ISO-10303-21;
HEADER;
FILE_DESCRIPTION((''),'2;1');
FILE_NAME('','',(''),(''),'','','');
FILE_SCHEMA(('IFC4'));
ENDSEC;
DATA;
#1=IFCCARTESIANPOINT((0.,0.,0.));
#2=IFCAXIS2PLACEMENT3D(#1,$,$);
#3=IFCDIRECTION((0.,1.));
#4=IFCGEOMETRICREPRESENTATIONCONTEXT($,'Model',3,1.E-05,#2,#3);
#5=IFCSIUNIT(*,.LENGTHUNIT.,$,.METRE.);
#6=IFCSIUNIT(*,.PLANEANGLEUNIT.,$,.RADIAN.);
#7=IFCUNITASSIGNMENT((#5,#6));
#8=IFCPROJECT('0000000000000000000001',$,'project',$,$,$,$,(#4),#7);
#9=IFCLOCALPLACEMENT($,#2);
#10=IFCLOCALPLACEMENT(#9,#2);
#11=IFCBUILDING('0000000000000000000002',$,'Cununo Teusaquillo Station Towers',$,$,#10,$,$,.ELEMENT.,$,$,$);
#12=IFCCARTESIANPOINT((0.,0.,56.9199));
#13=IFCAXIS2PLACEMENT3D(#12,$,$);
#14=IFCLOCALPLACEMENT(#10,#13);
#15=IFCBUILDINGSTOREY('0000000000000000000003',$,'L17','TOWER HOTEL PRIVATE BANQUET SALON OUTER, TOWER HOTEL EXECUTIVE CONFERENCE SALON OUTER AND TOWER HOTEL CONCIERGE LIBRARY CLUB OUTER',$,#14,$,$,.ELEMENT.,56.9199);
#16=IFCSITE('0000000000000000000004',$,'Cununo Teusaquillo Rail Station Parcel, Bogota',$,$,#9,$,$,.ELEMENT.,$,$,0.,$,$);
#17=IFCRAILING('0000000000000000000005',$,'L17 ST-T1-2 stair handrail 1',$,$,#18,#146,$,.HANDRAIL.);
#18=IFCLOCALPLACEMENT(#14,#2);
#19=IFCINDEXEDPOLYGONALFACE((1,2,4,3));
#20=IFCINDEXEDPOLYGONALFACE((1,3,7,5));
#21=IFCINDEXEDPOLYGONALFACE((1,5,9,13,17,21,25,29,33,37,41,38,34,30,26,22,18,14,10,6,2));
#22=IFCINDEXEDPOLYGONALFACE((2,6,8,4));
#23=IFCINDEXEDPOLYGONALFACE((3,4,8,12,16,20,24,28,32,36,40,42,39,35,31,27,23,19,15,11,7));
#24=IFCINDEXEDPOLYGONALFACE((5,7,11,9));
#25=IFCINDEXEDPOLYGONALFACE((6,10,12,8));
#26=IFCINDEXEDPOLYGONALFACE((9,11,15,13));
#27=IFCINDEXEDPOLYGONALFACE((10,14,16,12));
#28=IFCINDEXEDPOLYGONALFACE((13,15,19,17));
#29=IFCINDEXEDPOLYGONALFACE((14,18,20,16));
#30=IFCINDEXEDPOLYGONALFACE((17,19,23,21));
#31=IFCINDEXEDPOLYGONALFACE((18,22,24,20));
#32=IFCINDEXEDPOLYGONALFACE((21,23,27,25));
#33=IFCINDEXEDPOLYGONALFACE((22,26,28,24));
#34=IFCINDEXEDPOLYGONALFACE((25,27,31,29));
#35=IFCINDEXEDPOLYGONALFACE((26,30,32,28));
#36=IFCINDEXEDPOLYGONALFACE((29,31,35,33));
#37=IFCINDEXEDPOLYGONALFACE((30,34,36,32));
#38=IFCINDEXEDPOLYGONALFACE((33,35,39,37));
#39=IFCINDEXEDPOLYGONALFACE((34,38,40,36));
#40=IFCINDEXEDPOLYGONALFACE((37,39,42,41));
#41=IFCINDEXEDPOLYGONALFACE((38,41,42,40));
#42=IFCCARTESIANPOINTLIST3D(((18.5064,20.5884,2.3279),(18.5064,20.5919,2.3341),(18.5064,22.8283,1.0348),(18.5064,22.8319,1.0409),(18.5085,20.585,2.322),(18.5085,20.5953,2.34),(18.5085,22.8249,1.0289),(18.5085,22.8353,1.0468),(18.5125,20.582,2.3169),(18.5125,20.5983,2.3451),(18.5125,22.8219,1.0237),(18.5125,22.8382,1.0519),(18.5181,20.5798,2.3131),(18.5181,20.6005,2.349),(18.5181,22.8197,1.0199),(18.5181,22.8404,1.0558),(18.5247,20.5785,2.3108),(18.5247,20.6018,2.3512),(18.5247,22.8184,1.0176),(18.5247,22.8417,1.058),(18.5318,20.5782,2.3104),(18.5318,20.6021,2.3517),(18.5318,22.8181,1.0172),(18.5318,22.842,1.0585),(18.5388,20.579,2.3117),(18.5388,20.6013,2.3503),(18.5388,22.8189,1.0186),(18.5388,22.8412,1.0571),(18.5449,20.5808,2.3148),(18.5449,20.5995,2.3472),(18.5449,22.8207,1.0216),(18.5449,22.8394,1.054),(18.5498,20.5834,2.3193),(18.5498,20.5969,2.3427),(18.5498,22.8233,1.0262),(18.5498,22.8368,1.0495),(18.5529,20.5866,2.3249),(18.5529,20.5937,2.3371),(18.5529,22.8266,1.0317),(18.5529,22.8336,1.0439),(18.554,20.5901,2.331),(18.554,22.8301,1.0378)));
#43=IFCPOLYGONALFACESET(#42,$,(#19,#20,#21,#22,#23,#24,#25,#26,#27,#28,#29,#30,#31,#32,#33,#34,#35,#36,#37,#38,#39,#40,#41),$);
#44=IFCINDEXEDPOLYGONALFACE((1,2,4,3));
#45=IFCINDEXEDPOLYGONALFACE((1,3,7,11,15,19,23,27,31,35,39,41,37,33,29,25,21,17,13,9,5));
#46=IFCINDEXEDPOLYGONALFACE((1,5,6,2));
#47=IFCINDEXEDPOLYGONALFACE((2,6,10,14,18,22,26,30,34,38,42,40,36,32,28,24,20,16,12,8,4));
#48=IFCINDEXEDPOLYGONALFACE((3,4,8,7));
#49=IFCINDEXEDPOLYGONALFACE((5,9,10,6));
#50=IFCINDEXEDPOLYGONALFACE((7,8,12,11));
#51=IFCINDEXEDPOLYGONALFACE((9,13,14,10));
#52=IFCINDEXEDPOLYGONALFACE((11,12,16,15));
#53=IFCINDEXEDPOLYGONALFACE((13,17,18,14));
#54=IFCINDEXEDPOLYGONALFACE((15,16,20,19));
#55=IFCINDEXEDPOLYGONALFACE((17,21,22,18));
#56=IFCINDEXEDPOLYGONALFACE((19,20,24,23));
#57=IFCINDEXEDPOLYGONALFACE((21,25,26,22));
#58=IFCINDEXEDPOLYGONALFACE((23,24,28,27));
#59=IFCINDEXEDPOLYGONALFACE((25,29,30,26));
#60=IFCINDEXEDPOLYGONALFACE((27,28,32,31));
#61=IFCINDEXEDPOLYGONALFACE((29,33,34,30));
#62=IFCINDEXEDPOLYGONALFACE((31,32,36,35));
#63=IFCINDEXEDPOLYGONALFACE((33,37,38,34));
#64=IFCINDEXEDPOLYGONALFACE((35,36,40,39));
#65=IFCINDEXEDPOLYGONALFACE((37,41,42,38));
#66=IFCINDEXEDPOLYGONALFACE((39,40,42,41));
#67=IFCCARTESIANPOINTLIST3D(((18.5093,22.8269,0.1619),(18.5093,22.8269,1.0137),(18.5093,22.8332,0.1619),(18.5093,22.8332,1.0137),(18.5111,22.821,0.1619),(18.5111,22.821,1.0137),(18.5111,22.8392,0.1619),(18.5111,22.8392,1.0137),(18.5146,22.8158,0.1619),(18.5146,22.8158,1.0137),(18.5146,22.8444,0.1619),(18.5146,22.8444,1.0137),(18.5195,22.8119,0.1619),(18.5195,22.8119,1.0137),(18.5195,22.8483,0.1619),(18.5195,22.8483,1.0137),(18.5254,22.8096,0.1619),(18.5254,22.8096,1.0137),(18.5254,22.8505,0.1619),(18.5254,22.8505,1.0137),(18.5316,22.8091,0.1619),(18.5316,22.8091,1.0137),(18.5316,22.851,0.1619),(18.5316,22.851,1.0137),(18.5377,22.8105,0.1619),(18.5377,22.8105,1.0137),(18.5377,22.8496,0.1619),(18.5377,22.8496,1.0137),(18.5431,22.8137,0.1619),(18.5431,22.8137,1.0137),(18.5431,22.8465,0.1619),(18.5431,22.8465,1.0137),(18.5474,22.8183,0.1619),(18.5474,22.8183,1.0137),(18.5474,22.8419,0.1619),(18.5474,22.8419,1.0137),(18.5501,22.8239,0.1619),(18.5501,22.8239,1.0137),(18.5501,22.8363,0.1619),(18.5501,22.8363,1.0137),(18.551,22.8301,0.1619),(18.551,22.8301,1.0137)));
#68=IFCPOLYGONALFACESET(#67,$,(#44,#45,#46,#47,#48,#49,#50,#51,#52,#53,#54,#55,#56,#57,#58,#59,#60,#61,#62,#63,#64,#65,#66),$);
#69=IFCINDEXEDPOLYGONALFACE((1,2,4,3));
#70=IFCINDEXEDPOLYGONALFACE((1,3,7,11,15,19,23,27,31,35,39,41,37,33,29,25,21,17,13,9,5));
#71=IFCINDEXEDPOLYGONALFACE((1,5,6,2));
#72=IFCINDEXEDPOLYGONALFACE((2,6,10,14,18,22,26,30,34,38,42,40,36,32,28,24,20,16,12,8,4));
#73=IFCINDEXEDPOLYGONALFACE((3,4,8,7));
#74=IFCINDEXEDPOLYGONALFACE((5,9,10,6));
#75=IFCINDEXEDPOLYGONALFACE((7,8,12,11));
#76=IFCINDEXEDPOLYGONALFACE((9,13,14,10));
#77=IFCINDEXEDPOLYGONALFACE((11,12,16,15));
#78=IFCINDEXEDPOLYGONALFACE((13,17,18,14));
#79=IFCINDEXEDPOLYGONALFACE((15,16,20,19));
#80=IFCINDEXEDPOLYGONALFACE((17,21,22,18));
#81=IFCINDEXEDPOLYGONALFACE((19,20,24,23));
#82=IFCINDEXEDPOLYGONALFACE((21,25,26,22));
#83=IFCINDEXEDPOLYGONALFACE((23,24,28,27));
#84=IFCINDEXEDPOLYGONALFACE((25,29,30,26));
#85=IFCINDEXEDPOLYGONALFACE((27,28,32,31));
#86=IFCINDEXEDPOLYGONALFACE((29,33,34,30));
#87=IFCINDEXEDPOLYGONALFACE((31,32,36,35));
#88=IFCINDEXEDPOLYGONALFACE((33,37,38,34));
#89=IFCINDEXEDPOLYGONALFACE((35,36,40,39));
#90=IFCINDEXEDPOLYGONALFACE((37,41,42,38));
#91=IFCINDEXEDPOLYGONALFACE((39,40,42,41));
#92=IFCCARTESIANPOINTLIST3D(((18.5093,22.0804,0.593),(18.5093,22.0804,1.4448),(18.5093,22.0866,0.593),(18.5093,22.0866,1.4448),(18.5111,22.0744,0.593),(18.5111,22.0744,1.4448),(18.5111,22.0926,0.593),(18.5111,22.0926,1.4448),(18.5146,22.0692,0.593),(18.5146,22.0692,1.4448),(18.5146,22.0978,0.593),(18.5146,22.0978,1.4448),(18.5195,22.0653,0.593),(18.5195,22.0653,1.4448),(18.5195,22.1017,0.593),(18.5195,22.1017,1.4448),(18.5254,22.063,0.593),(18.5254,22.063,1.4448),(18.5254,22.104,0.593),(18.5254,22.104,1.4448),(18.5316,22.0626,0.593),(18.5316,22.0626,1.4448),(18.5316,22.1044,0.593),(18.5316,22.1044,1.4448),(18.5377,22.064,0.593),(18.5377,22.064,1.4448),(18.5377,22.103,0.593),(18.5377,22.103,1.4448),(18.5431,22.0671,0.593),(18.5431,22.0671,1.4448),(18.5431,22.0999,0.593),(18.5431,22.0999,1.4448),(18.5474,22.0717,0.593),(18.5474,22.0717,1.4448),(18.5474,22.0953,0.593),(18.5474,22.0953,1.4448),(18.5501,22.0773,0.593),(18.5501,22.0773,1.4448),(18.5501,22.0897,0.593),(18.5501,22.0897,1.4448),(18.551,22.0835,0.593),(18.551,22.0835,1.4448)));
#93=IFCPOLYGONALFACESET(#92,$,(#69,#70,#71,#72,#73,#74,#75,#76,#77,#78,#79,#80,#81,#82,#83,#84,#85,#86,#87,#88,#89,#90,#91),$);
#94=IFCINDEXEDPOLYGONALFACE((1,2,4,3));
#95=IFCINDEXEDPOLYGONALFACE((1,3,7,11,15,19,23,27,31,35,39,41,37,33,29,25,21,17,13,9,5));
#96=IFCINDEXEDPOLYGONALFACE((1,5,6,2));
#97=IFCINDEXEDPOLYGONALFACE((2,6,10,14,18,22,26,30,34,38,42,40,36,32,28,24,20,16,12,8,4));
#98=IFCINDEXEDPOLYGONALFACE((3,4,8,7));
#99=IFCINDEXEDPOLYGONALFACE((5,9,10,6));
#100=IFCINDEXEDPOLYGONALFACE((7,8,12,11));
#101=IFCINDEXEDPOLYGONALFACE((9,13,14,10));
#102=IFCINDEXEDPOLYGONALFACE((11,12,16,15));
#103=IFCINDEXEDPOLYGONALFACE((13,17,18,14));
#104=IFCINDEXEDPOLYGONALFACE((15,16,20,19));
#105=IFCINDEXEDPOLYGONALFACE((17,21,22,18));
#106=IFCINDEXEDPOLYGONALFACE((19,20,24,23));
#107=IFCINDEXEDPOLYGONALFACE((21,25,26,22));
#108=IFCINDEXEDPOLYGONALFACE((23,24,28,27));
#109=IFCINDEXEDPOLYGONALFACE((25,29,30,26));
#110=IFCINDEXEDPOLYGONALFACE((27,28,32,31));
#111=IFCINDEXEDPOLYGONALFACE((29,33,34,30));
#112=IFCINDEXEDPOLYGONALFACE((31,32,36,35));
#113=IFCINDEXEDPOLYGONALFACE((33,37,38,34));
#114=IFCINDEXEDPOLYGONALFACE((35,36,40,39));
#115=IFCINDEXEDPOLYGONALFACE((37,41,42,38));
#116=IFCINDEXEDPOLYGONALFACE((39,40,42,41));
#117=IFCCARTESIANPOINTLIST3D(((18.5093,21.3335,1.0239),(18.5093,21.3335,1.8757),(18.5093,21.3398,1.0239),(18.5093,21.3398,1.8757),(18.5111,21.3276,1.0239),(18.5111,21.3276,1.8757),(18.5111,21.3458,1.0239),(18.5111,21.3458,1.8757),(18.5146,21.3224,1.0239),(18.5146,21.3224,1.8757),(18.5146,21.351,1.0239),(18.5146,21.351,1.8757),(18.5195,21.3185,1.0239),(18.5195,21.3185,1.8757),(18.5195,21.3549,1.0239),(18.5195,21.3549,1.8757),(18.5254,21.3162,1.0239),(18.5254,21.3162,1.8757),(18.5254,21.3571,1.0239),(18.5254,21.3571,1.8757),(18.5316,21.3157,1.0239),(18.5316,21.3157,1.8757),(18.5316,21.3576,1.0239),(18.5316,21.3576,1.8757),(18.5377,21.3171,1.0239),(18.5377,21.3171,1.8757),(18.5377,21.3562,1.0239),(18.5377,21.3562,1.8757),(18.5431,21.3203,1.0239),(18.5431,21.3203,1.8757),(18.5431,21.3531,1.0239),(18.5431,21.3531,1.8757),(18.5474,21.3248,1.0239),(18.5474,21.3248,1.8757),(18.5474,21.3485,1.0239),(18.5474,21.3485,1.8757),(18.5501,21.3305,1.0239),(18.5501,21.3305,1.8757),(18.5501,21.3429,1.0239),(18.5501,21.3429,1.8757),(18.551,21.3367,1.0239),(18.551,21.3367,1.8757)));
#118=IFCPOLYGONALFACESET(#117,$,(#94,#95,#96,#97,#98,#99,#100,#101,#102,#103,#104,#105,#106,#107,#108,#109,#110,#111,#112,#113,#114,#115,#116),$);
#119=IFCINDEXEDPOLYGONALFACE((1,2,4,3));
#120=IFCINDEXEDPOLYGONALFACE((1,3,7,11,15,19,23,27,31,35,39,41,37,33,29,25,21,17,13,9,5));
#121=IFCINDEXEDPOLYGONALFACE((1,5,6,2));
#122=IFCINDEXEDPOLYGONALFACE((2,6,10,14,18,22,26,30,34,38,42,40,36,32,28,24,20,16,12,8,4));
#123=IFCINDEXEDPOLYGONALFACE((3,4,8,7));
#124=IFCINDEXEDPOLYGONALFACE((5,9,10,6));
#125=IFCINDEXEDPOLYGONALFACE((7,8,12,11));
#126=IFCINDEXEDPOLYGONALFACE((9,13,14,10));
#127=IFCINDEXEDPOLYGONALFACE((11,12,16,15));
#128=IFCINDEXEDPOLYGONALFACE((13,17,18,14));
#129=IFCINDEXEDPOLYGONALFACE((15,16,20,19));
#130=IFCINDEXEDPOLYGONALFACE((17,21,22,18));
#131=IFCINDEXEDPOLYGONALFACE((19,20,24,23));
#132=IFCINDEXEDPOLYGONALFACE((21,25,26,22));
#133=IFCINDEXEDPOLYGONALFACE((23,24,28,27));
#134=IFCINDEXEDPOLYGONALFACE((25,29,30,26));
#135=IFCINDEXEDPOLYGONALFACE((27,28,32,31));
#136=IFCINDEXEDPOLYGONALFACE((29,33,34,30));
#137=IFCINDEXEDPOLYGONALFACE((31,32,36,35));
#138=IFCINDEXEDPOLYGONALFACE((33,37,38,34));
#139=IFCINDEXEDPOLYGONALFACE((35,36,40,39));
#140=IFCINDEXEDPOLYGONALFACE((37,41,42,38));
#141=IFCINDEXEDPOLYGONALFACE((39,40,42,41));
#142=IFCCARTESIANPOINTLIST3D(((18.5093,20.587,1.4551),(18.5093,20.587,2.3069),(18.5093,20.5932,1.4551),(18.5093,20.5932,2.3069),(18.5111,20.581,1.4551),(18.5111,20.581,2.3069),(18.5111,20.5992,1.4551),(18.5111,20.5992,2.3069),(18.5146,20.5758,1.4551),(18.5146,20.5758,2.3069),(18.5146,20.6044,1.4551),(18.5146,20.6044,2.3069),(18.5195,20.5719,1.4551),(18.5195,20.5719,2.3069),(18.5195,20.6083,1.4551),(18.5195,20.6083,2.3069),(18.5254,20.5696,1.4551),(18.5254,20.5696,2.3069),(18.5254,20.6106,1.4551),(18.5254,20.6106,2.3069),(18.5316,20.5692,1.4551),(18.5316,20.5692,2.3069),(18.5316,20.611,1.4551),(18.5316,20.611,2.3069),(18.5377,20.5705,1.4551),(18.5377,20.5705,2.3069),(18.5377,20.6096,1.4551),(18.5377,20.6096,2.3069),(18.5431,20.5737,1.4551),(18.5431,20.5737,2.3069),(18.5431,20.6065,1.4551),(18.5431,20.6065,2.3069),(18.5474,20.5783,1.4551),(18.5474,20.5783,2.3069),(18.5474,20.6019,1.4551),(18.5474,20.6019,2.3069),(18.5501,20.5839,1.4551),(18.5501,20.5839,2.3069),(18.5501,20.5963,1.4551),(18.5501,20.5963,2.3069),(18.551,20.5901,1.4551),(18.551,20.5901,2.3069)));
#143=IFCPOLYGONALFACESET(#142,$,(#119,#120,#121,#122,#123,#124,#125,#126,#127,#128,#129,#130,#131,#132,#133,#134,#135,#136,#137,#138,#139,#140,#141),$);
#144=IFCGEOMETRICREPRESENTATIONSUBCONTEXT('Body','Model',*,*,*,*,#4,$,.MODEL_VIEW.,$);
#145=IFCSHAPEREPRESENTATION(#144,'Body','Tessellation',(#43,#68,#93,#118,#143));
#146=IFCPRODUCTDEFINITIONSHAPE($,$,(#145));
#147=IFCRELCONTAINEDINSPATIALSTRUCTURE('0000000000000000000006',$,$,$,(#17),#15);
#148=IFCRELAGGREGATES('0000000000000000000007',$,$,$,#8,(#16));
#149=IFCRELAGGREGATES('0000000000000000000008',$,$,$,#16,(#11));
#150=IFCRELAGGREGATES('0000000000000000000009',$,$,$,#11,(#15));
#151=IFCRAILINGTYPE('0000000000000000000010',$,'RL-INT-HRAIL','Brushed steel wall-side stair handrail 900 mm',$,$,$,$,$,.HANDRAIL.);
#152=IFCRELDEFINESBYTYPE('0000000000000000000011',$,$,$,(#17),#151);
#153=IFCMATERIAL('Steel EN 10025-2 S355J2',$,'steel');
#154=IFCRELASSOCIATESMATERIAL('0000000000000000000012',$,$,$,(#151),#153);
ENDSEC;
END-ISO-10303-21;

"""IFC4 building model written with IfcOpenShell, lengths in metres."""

from ifc_helpers import new_model, si_unit, direction, frame, origin, origin_2d, place, context, subcontext, project, spatial, circle, extrude, material, type_object, element, save


model = new_model("IFC4")

# Units and contexts
model_context = context("Model", 3, precision=1e-05, world=origin(), true_north=direction((0.0, 1.0)))
body_context = subcontext(model_context, "Body", "Model", "MODEL_VIEW")
ifc_project = project(units=[si_unit("LENGTHUNIT", "METRE"), si_unit("PLANEANGLEUNIT", "RADIAN")], contexts=[model_context])

# Site, building, storey
site_placement = place(None, origin())
site = spatial("IfcSite", under=ifc_project, at=site_placement, Name="Cununo Teusaquillo Rail Station Parcel, Bogota", CompositionType="ELEMENT", RefElevation=0.0)
building_placement = place(site_placement, origin())
building = spatial("IfcBuilding", under=site, at=building_placement, Name="Cununo Teusaquillo Station Towers", CompositionType="ELEMENT")
storey_placement = place(building_placement, frame((0.0, 0.0, 56.9199)))
storey = spatial("IfcBuildingStorey", under=building, at=storey_placement, Name="L17", Description="TOWER HOTEL PRIVATE BANQUET SALON OUTER, TOWER HOTEL EXECUTIVE CONFERENCE SALON OUTER AND TOWER HOTEL CONCIERGE LIBRARY CLUB OUTER", CompositionType="ELEMENT", Elevation=56.9199)

# Railing
ifc_material_1 = material(Name="Steel EN 10025-2 S355J2", Category="steel")
railing_type_1 = type_object("IfcRailingType", Name="RL-INT-HRAIL", Description="Brushed steel wall-side stair handrail 900 mm", PredefinedType="HANDRAIL", material=ifc_material_1)
railing_1_placement = place(storey_placement, frame((18.53, 22.8301, 0.1619)))
element("IfcRailing", 1, at=railing_1_placement, inside=storey, type_object=railing_type_1, Name="L17 ST-T1-2 stair handrail 1", PredefinedType="HANDRAIL", context=body_context, shape_type="SweptSolid", body=[
    extrude(circle(Radius=0.0239, at=origin_2d()), frame((0.0, 0.0, 0.876), z_axis=(0.0, -0.866033, 0.499987), x_axis=(1.0, 0.0, 0.0)), (0.0, 0.0, 1.0), 2.5864),
    extrude(circle(Radius=0.021, at=origin_2d()), origin(), (0.0, 0.0, 1.0), 0.8518),
    extrude(circle(Radius=0.021, at=origin_2d()), frame((0.0, -0.7466, 0.4312)), (0.0, 0.0, 1.0), 0.8518),
    extrude(circle(Radius=0.021, at=origin_2d()), frame((0.0, -1.4934, 0.8621)), (0.0, 0.0, 1.0), 0.8518),
    extrude(circle(Radius=0.021, at=origin_2d()), frame((0.0, -2.24, 1.2932)), (0.0, 0.0, 1.0), 0.8518),
])

save(model, "model.ifc")
